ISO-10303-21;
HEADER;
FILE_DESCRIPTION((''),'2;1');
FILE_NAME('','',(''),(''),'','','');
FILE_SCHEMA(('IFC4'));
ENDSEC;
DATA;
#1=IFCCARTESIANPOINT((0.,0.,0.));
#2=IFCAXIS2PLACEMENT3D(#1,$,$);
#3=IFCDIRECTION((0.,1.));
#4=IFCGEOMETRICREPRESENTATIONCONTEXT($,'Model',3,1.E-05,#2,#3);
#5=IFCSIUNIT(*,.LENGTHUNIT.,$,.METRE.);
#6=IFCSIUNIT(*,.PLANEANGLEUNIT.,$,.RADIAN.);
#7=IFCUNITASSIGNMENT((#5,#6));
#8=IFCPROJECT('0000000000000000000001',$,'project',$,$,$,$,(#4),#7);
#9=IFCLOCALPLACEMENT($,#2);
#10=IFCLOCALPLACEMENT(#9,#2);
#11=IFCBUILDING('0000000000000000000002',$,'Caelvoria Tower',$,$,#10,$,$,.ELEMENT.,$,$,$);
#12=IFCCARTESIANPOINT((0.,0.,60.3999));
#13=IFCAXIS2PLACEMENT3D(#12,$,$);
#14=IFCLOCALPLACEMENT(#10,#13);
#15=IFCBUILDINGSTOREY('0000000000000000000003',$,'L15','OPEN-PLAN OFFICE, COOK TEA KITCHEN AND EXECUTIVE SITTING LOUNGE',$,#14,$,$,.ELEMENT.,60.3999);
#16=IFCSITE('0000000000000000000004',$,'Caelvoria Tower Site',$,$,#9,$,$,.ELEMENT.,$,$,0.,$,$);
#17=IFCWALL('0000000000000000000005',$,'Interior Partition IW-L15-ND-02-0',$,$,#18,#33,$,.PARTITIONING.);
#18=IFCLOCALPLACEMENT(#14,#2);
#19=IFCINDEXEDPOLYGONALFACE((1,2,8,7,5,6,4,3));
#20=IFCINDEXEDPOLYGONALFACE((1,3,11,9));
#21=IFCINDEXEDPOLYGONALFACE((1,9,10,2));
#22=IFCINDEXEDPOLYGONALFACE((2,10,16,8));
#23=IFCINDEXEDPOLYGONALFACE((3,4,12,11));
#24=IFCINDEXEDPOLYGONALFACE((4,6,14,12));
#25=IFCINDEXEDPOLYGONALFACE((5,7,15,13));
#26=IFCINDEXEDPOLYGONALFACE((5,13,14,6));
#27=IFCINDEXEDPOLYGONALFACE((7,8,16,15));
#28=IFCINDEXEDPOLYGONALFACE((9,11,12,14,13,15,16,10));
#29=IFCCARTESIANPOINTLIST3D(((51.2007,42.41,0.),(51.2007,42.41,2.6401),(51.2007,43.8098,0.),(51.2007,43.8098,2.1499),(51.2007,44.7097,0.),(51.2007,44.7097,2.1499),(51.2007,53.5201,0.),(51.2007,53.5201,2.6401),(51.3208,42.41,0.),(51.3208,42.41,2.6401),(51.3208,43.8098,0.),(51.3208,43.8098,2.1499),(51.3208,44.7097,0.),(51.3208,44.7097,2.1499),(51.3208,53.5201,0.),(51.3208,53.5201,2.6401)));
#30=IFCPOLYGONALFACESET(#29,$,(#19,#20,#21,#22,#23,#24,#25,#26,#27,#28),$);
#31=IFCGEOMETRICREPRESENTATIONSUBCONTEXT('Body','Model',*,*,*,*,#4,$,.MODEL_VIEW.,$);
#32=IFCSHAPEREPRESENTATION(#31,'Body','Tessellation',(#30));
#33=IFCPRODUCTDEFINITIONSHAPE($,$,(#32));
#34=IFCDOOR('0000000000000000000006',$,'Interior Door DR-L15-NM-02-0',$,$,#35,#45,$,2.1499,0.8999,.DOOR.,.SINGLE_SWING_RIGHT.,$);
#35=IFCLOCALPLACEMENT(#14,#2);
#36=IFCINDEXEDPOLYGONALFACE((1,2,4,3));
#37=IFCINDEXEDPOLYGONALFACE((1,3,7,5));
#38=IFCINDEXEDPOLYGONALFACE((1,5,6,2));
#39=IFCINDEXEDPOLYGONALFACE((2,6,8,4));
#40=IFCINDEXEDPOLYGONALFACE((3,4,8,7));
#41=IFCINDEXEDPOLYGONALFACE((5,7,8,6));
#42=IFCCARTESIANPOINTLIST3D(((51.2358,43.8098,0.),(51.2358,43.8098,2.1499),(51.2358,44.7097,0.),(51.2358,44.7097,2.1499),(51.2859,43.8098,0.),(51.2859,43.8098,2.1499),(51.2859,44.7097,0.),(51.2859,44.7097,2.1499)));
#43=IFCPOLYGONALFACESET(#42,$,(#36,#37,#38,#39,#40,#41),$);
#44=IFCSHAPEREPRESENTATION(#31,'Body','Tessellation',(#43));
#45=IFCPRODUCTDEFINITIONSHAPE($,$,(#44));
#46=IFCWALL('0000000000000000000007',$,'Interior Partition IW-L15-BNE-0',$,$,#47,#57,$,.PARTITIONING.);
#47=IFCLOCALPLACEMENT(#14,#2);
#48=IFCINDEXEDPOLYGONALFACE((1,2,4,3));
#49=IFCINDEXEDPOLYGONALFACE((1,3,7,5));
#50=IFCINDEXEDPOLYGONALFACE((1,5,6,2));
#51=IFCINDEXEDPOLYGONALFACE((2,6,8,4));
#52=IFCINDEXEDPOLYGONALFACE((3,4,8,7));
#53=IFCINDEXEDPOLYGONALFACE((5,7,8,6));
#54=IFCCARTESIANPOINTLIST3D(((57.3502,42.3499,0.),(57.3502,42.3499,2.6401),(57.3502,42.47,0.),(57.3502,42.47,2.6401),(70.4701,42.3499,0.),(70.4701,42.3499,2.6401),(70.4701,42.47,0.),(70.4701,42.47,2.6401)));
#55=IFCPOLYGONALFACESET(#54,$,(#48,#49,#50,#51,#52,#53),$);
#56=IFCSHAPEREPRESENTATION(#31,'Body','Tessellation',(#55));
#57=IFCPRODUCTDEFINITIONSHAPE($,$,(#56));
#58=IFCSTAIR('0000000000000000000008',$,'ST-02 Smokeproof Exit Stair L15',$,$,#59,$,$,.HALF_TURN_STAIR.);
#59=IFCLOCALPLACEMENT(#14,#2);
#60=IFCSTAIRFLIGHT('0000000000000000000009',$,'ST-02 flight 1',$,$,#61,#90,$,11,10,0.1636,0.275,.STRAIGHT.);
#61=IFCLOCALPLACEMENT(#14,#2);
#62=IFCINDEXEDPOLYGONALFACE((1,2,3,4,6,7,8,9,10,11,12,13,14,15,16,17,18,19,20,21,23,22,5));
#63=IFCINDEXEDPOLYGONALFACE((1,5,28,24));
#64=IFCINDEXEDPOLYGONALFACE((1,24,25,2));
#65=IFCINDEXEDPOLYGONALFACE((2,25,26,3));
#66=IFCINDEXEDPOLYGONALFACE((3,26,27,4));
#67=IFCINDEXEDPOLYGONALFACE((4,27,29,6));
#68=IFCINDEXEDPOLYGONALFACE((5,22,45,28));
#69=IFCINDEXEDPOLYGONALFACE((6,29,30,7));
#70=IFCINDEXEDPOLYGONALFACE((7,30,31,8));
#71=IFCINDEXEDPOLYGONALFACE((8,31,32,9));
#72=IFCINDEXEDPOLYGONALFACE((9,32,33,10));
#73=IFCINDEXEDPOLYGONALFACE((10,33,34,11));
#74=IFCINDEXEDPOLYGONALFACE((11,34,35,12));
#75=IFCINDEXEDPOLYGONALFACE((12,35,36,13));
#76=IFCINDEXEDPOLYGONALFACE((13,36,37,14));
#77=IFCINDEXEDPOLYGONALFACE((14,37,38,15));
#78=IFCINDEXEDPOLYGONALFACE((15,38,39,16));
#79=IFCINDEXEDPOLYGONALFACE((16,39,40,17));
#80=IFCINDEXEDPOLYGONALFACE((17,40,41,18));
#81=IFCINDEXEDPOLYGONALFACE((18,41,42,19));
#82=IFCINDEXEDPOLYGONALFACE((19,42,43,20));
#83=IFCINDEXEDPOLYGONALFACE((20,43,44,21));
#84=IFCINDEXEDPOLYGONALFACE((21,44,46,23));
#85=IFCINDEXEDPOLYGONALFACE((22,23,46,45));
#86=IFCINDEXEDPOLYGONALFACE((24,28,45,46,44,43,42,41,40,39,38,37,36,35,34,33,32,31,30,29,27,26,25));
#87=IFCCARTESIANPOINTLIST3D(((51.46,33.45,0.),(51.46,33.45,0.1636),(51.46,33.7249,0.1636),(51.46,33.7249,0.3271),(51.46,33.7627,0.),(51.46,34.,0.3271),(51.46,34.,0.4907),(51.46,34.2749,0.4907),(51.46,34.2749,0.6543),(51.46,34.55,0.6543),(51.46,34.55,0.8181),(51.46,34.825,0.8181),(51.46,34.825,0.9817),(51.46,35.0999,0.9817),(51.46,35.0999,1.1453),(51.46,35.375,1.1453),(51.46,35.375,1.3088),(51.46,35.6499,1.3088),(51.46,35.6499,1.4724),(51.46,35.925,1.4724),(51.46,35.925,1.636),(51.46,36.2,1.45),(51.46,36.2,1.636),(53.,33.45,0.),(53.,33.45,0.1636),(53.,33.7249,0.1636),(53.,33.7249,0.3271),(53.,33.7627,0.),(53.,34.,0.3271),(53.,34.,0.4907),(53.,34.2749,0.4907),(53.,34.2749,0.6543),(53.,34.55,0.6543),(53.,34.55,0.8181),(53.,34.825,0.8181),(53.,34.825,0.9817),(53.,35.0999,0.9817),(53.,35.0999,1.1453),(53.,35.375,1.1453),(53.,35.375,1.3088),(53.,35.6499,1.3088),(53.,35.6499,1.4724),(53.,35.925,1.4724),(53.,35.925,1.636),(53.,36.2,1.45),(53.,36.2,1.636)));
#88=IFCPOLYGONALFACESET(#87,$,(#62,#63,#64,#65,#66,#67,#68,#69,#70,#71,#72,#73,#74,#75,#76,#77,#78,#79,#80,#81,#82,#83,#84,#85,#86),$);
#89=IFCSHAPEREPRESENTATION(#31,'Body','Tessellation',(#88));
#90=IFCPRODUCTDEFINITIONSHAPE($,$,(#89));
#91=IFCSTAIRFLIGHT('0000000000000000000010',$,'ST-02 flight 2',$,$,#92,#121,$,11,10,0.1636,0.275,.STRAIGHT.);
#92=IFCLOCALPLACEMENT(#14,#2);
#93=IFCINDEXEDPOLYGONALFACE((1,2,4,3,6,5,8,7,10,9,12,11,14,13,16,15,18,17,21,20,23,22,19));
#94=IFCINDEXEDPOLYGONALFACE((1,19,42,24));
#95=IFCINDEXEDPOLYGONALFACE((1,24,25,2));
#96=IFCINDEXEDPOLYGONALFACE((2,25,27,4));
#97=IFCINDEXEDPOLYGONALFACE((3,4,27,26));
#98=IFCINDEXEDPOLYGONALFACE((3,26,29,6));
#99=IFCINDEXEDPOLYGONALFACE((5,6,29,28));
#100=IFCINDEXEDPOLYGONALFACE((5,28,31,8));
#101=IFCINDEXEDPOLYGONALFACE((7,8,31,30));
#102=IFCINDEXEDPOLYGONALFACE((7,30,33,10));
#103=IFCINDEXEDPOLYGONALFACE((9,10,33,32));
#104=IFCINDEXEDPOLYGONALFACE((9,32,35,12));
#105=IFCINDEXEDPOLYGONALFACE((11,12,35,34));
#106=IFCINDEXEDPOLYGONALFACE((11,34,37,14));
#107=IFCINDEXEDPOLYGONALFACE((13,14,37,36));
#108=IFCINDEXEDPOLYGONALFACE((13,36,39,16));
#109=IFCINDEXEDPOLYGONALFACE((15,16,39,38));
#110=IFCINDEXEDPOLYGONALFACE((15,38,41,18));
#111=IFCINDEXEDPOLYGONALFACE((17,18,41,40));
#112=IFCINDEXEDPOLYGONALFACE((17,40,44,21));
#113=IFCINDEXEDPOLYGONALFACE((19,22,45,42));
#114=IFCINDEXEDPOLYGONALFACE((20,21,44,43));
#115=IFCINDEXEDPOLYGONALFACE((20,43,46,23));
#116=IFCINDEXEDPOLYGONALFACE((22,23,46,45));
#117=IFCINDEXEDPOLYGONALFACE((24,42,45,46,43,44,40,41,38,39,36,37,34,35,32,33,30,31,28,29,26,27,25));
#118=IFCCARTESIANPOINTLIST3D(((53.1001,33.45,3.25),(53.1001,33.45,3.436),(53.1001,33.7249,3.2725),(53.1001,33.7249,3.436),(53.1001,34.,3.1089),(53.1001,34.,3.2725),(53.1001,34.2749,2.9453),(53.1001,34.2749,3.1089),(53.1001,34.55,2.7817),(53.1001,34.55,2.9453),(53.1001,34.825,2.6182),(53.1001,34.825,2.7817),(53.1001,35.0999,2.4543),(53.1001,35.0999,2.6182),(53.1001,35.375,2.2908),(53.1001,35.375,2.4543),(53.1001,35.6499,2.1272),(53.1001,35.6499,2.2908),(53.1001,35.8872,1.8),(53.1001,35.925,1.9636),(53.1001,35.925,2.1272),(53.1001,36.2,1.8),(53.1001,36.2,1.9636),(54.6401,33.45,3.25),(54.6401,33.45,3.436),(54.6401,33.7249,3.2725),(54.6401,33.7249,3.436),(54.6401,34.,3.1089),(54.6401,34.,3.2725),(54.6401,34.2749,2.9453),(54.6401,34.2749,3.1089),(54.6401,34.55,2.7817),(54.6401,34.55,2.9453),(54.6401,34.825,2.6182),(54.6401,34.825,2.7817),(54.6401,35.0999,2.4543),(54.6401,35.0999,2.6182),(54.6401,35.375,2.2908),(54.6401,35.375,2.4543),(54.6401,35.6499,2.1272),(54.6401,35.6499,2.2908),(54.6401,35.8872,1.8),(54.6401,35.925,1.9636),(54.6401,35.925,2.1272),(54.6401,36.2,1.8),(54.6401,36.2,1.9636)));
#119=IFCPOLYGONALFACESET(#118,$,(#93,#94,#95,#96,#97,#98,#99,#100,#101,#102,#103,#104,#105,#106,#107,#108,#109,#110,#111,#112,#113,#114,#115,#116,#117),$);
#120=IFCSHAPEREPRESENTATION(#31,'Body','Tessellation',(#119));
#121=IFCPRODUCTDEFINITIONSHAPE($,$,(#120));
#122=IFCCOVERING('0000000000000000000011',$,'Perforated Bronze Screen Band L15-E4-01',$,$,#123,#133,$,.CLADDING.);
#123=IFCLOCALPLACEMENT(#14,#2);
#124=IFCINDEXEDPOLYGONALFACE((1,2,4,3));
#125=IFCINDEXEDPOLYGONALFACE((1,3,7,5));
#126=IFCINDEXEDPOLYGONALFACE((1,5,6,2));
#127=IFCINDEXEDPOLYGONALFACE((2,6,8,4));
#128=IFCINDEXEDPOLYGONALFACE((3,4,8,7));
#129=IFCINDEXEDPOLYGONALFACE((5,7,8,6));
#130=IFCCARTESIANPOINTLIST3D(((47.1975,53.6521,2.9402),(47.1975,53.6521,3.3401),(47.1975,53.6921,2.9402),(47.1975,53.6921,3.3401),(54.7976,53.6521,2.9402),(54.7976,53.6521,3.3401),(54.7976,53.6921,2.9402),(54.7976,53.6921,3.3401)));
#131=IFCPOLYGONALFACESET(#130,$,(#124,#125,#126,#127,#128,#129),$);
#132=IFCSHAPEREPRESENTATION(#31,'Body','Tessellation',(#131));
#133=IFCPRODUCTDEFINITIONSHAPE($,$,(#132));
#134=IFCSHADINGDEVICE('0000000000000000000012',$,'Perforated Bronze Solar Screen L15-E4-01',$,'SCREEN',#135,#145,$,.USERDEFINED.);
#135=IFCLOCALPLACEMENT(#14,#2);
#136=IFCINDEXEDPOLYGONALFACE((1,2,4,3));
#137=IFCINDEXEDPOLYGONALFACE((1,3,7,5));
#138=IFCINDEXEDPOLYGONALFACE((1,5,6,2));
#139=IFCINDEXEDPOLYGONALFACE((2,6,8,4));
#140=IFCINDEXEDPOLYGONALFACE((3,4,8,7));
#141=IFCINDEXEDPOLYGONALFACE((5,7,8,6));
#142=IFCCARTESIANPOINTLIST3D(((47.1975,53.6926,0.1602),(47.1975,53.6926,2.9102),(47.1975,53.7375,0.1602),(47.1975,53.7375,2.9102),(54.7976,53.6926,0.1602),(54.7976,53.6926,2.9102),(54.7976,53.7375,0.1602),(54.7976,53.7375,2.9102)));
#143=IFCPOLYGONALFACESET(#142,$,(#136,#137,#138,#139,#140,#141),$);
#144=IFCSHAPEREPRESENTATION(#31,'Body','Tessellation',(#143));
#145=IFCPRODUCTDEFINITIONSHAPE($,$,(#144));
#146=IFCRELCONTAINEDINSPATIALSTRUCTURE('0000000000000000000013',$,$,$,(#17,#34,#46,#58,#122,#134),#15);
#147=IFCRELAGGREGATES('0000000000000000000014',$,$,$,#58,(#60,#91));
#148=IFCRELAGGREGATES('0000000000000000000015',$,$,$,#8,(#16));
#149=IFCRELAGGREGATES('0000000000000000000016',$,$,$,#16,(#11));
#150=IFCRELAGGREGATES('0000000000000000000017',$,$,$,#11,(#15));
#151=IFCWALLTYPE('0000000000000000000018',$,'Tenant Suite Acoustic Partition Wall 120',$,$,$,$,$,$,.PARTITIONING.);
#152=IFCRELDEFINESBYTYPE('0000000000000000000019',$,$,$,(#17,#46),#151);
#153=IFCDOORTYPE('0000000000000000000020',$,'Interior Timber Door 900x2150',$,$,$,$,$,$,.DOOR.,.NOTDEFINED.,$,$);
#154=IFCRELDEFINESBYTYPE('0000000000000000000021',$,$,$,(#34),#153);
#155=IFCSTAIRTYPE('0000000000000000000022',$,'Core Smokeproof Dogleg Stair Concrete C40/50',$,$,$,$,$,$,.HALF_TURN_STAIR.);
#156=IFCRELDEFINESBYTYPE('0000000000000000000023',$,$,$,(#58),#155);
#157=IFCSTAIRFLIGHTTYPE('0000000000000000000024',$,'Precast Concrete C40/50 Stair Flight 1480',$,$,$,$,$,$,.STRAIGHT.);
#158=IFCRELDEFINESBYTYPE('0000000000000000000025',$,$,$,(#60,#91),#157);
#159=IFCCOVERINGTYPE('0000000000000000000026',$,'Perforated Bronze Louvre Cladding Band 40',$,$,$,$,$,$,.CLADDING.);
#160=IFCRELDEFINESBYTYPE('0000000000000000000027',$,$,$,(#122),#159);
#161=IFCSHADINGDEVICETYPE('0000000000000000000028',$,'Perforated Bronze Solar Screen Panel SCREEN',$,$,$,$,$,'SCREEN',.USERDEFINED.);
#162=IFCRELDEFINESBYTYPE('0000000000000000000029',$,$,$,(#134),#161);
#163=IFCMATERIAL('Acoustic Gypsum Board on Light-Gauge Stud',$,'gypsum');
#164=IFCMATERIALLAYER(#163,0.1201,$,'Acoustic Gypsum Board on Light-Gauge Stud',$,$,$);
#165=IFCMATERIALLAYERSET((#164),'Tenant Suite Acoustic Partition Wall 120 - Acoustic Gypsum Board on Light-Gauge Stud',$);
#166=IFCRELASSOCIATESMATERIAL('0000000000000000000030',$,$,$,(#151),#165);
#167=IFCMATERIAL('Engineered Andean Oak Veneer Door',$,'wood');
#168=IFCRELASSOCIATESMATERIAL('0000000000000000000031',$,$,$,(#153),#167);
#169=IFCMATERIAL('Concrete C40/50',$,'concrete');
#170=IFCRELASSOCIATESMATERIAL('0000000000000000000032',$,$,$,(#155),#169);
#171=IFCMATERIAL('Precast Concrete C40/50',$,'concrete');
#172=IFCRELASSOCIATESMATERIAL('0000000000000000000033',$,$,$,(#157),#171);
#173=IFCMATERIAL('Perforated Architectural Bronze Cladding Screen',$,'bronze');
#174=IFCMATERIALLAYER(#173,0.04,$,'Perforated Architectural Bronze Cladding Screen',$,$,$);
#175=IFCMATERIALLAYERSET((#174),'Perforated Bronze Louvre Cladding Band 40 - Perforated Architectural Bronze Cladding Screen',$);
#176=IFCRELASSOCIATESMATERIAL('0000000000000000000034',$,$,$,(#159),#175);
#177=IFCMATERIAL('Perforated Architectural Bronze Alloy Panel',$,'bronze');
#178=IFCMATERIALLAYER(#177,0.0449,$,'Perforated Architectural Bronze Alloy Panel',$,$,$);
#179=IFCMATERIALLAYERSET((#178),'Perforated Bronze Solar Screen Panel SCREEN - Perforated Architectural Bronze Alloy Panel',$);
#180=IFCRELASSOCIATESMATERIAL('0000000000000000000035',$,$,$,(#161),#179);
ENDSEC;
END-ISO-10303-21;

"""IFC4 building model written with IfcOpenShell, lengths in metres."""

from ifc_helpers import new_model, si_unit, direction, frame, frame_2d, origin, origin_2d, place, context, subcontext, project, spatial, polyline, rectangle, outline, extrude, material, layer, layer_set, type_object, element, fill, aggregate, save


model = new_model("IFC4")

# Units and contexts
model_context = context("Model", 3, precision=1e-05, world=origin(), true_north=direction((0.0, 1.0)))
body_context = subcontext(model_context, "Body", "Model", "MODEL_VIEW")
ifc_project = project(units=[si_unit("LENGTHUNIT", "METRE"), si_unit("PLANEANGLEUNIT", "RADIAN")], contexts=[model_context])

# Site, building, storey
site_placement = place(None, origin())
site = spatial("IfcSite", under=ifc_project, at=site_placement, Name="Caelvoria Tower Site", CompositionType="ELEMENT", RefElevation=0.0)
building_placement = place(site_placement, origin())
building = spatial("IfcBuilding", under=site, at=building_placement, Name="Caelvoria Tower", CompositionType="ELEMENT")
storey_placement = place(building_placement, frame((0.0, 0.0, 60.3999)))
storey = spatial("IfcBuildingStorey", under=building, at=storey_placement, Name="L15", Description="OPEN-PLAN OFFICE, COOK TEA KITCHEN AND EXECUTIVE SITTING LOUNGE", CompositionType="ELEMENT", Elevation=60.3999)

# Wall, opening, door
ifc_material_1 = material(Name="Acoustic Gypsum Board on Light-Gauge Stud", Category="gypsum")
ifc_layer_1 = layer(ifc_material_1, 0.1201, Name="Acoustic Gypsum Board on Light-Gauge Stud")
ifc_layer_set_1 = layer_set([ifc_layer_1], Name="Tenant Suite Acoustic Partition Wall 120 - Acoustic Gypsum Board on Light-Gauge Stud")
wall_type_1 = type_object("IfcWallType", Name="Tenant Suite Acoustic Partition Wall 120", PredefinedType="PARTITIONING", material=ifc_layer_set_1)
ifc_material_2 = material(Name="Engineered Andean Oak Veneer Door", Category="wood")
door_type = type_object("IfcDoorType", Name="Interior Timber Door 900x2150", OperationType="NOTDEFINED", PredefinedType="DOOR", material=ifc_material_2)
wall_1_placement = place(storey_placement, frame((51.2607, 42.4099, 0.0), z_axis=(0.0, 0.0, 1.0), x_axis=(0.0, 1.0, 0.0)))
wall_1 = element("IfcWall", 1, at=wall_1_placement, inside=storey, type_object=wall_type_1, Name="Interior Partition IW-L15-ND-02-0", PredefinedType="PARTITIONING", context=body_context, shape_type="SweptSolid", body=[
    extrude(rectangle(XDim=11.1101, YDim=0.1201, at=frame_2d((5.5552, 0.0))), origin(), (0.0, 0.0, 1.0), 2.6401),
])
opening_1_placement = place(wall_1_placement, frame((1.3999, 0.0, 0.0)))
opening_1 = element("IfcOpeningElement", 2, at=opening_1_placement, cuts=wall_1, PredefinedType="OPENING", context=body_context, shape_type="SweptSolid", body=[
    extrude(rectangle(XDim=0.8999, YDim=2.1499, at=frame_2d((0.45, 1.075))), frame((0.0, 0.0701, 0.0), z_axis=(0.0, -1.0, 0.0), x_axis=(1.0, 0.0, 0.0)), (0.0, 0.0, 1.0), 0.1401),
])
door_1_placement = place(opening_1_placement, origin())
door_1 = element("IfcDoor", 3, at=door_1_placement, inside=storey, type_object=door_type, Name="Interior Door DR-L15-NM-02-0", OperationType="SINGLE_SWING_RIGHT", OverallHeight=2.1499, OverallWidth=0.8999, PredefinedType="DOOR", context=body_context, shape_type="SweptSolid", body=[
    extrude(rectangle(XDim=0.8999, YDim=2.1499, at=frame_2d((0.45, 1.075))), frame((0.0, 0.0249, 0.0), z_axis=(0.0, -1.0, 0.0), x_axis=(1.0, 0.0, 0.0)), (0.0, 0.0, 1.0), 0.05),
])
fill(opening_1, door_1)

# Wall
wall_2_placement = place(storey_placement, frame((57.3501, 42.4099, 0.0), z_axis=(0.0, 0.0, 1.0), x_axis=(1.0, 0.0, 0.0)))
element("IfcWall", 4, at=wall_2_placement, inside=storey, type_object=wall_type_1, Name="Interior Partition IW-L15-BNE-0", PredefinedType="PARTITIONING", context=body_context, shape_type="SweptSolid", body=[
    extrude(rectangle(XDim=13.1199, YDim=0.1201, at=frame_2d((6.5601, 0.0))), origin(), (0.0, 0.0, 1.0), 2.6401),
])

# Stair, stair flights
ifc_material_3 = material(Name="Concrete C40/50", Category="concrete")
stair_type = type_object("IfcStairType", Name="Core Smokeproof Dogleg Stair Concrete C40/50", PredefinedType="HALF_TURN_STAIR", material=ifc_material_3)
stair_placement = place(storey_placement, origin())
stair = element("IfcStair", 5, at=stair_placement, inside=storey, type_object=stair_type, Name="ST-02 Smokeproof Exit Stair L15", PredefinedType="HALF_TURN_STAIR")
ifc_material_4 = material(Name="Precast Concrete C40/50", Category="concrete")
stair_flight_type = type_object("IfcStairFlightType", Name="Precast Concrete C40/50 Stair Flight 1480", PredefinedType="STRAIGHT", material=ifc_material_4)
stair_flight_1_placement = place(storey_placement, frame((52.23, 33.45, 0.0), z_axis=(0.0, 0.0, 1.0), x_axis=(0.0, 1.0, 0.0)))
stair_flight_1 = element("IfcStairFlight", 6, at=stair_flight_1_placement, type_object=stair_flight_type, Name="ST-02 flight 1", NumberOfRisers=11, NumberOfTreads=10, PredefinedType="STRAIGHT", RiserHeight=0.1636, TreadLength=0.275, context=body_context, shape_type="SweptSolid", body=[
    extrude(outline(polyline([(0.0, 0.0), (0.0, 0.1636), (0.2749, 0.1636), (0.2749, 0.3271), (0.55, 0.3271), (0.55, 0.4907), (0.825, 0.4907), (0.825, 0.6543), (1.1001, 0.6543), (1.1001, 0.8181), (1.375, 0.8181), (1.375, 0.9817), (1.6499, 0.9817), (1.6499, 1.1453), (1.925, 1.1453), (1.925, 1.3088), (2.2, 1.3088), (2.2, 1.4724), (2.4751, 1.4724), (2.4751, 1.636), (2.75, 1.636), (2.75, 1.7996), (2.75, 1.45), (0.3127, 0.0), (0.0, 0.0)])), frame((0.0, 0.77, 0.0), z_axis=(0.0, -1.0, 0.0), x_axis=(1.0, 0.0, 0.0)), (0.0, 0.0, 1.0), 1.54),
])
stair_flight_2_placement = place(storey_placement, frame((53.8701, 36.2, 1.8), z_axis=(0.0, 0.0, 1.0), x_axis=(0.0, -1.0, 0.0)))
stair_flight_2 = element("IfcStairFlight", 7, at=stair_flight_2_placement, type_object=stair_flight_type, Name="ST-02 flight 2", NumberOfRisers=11, NumberOfTreads=10, PredefinedType="STRAIGHT", RiserHeight=0.1636, TreadLength=0.275, context=body_context, shape_type="SweptSolid", body=[
    extrude(outline(polyline([(0.0, 0.0), (0.0, 0.1636), (0.2749, 0.1636), (0.2749, 0.3271), (0.55, 0.3271), (0.55, 0.4907), (0.825, 0.4907), (0.825, 0.6543), (1.1001, 0.6543), (1.1001, 0.8181), (1.375, 0.8181), (1.375, 0.9817), (1.6499, 0.9817), (1.6499, 1.1453), (1.925, 1.1453), (1.925, 1.3088), (2.2, 1.3088), (2.2, 1.4724), (2.4751, 1.4724), (2.4751, 1.636), (2.75, 1.636), (2.75, 1.7996), (2.75, 1.45), (0.3127, 0.0), (0.0, 0.0)])), frame((0.0, 0.77, 0.0), z_axis=(0.0, -1.0, 0.0), x_axis=(1.0, 0.0, 0.0)), (0.0, 0.0, 1.0), 1.54),
])
aggregate(stair, [stair_flight_1, stair_flight_2])

# Covering
ifc_material_5 = material(Name="Perforated Architectural Bronze Cladding Screen", Category="bronze")
ifc_layer_2 = layer(ifc_material_5, 0.04, Name="Perforated Architectural Bronze Cladding Screen")
ifc_layer_set_2 = layer_set([ifc_layer_2], Name="Perforated Bronze Louvre Cladding Band 40 - Perforated Architectural Bronze Cladding Screen")
covering_type = type_object("IfcCoveringType", Name="Perforated Bronze Louvre Cladding Band 40", PredefinedType="CLADDING", material=ifc_layer_set_2)
covering_placement = place(storey_placement, frame((50.9976, 53.6721, 2.9402), z_axis=(0.0, 0.0, 1.0), x_axis=(-1.0, 0.0, 0.0)))
element("IfcCovering", 8, at=covering_placement, inside=storey, type_object=covering_type, Name="Perforated Bronze Screen Band L15-E4-01", PredefinedType="CLADDING", context=body_context, shape_type="SweptSolid", body=[
    extrude(rectangle(XDim=7.6001, YDim=0.04, at=origin_2d()), origin(), (0.0, 0.0, 1.0), 0.3999),
])

# Shading device
ifc_material_6 = material(Name="Perforated Architectural Bronze Alloy Panel", Category="bronze")
ifc_layer_3 = layer(ifc_material_6, 0.0449, Name="Perforated Architectural Bronze Alloy Panel")
ifc_layer_set_3 = layer_set([ifc_layer_3], Name="Perforated Bronze Solar Screen Panel SCREEN - Perforated Architectural Bronze Alloy Panel")
shading_device_type = type_object("IfcShadingDeviceType", Name="Perforated Bronze Solar Screen Panel SCREEN", ElementType="SCREEN", PredefinedType="USERDEFINED", material=ifc_layer_set_3)
shading_device_placement = place(storey_placement, frame((50.9976, 53.7151, 0.1602), z_axis=(0.0, 0.0, 1.0), x_axis=(-1.0, 0.0, 0.0)))
element("IfcShadingDevice", 9, at=shading_device_placement, inside=storey, type_object=shading_device_type, Name="Perforated Bronze Solar Screen L15-E4-01", ObjectType="SCREEN", PredefinedType="USERDEFINED", context=body_context, shape_type="SweptSolid", body=[
    extrude(rectangle(XDim=7.6001, YDim=0.0449, at=origin_2d()), origin(), (0.0, 0.0, 1.0), 2.75),
])

save(model, "model.ifc")
